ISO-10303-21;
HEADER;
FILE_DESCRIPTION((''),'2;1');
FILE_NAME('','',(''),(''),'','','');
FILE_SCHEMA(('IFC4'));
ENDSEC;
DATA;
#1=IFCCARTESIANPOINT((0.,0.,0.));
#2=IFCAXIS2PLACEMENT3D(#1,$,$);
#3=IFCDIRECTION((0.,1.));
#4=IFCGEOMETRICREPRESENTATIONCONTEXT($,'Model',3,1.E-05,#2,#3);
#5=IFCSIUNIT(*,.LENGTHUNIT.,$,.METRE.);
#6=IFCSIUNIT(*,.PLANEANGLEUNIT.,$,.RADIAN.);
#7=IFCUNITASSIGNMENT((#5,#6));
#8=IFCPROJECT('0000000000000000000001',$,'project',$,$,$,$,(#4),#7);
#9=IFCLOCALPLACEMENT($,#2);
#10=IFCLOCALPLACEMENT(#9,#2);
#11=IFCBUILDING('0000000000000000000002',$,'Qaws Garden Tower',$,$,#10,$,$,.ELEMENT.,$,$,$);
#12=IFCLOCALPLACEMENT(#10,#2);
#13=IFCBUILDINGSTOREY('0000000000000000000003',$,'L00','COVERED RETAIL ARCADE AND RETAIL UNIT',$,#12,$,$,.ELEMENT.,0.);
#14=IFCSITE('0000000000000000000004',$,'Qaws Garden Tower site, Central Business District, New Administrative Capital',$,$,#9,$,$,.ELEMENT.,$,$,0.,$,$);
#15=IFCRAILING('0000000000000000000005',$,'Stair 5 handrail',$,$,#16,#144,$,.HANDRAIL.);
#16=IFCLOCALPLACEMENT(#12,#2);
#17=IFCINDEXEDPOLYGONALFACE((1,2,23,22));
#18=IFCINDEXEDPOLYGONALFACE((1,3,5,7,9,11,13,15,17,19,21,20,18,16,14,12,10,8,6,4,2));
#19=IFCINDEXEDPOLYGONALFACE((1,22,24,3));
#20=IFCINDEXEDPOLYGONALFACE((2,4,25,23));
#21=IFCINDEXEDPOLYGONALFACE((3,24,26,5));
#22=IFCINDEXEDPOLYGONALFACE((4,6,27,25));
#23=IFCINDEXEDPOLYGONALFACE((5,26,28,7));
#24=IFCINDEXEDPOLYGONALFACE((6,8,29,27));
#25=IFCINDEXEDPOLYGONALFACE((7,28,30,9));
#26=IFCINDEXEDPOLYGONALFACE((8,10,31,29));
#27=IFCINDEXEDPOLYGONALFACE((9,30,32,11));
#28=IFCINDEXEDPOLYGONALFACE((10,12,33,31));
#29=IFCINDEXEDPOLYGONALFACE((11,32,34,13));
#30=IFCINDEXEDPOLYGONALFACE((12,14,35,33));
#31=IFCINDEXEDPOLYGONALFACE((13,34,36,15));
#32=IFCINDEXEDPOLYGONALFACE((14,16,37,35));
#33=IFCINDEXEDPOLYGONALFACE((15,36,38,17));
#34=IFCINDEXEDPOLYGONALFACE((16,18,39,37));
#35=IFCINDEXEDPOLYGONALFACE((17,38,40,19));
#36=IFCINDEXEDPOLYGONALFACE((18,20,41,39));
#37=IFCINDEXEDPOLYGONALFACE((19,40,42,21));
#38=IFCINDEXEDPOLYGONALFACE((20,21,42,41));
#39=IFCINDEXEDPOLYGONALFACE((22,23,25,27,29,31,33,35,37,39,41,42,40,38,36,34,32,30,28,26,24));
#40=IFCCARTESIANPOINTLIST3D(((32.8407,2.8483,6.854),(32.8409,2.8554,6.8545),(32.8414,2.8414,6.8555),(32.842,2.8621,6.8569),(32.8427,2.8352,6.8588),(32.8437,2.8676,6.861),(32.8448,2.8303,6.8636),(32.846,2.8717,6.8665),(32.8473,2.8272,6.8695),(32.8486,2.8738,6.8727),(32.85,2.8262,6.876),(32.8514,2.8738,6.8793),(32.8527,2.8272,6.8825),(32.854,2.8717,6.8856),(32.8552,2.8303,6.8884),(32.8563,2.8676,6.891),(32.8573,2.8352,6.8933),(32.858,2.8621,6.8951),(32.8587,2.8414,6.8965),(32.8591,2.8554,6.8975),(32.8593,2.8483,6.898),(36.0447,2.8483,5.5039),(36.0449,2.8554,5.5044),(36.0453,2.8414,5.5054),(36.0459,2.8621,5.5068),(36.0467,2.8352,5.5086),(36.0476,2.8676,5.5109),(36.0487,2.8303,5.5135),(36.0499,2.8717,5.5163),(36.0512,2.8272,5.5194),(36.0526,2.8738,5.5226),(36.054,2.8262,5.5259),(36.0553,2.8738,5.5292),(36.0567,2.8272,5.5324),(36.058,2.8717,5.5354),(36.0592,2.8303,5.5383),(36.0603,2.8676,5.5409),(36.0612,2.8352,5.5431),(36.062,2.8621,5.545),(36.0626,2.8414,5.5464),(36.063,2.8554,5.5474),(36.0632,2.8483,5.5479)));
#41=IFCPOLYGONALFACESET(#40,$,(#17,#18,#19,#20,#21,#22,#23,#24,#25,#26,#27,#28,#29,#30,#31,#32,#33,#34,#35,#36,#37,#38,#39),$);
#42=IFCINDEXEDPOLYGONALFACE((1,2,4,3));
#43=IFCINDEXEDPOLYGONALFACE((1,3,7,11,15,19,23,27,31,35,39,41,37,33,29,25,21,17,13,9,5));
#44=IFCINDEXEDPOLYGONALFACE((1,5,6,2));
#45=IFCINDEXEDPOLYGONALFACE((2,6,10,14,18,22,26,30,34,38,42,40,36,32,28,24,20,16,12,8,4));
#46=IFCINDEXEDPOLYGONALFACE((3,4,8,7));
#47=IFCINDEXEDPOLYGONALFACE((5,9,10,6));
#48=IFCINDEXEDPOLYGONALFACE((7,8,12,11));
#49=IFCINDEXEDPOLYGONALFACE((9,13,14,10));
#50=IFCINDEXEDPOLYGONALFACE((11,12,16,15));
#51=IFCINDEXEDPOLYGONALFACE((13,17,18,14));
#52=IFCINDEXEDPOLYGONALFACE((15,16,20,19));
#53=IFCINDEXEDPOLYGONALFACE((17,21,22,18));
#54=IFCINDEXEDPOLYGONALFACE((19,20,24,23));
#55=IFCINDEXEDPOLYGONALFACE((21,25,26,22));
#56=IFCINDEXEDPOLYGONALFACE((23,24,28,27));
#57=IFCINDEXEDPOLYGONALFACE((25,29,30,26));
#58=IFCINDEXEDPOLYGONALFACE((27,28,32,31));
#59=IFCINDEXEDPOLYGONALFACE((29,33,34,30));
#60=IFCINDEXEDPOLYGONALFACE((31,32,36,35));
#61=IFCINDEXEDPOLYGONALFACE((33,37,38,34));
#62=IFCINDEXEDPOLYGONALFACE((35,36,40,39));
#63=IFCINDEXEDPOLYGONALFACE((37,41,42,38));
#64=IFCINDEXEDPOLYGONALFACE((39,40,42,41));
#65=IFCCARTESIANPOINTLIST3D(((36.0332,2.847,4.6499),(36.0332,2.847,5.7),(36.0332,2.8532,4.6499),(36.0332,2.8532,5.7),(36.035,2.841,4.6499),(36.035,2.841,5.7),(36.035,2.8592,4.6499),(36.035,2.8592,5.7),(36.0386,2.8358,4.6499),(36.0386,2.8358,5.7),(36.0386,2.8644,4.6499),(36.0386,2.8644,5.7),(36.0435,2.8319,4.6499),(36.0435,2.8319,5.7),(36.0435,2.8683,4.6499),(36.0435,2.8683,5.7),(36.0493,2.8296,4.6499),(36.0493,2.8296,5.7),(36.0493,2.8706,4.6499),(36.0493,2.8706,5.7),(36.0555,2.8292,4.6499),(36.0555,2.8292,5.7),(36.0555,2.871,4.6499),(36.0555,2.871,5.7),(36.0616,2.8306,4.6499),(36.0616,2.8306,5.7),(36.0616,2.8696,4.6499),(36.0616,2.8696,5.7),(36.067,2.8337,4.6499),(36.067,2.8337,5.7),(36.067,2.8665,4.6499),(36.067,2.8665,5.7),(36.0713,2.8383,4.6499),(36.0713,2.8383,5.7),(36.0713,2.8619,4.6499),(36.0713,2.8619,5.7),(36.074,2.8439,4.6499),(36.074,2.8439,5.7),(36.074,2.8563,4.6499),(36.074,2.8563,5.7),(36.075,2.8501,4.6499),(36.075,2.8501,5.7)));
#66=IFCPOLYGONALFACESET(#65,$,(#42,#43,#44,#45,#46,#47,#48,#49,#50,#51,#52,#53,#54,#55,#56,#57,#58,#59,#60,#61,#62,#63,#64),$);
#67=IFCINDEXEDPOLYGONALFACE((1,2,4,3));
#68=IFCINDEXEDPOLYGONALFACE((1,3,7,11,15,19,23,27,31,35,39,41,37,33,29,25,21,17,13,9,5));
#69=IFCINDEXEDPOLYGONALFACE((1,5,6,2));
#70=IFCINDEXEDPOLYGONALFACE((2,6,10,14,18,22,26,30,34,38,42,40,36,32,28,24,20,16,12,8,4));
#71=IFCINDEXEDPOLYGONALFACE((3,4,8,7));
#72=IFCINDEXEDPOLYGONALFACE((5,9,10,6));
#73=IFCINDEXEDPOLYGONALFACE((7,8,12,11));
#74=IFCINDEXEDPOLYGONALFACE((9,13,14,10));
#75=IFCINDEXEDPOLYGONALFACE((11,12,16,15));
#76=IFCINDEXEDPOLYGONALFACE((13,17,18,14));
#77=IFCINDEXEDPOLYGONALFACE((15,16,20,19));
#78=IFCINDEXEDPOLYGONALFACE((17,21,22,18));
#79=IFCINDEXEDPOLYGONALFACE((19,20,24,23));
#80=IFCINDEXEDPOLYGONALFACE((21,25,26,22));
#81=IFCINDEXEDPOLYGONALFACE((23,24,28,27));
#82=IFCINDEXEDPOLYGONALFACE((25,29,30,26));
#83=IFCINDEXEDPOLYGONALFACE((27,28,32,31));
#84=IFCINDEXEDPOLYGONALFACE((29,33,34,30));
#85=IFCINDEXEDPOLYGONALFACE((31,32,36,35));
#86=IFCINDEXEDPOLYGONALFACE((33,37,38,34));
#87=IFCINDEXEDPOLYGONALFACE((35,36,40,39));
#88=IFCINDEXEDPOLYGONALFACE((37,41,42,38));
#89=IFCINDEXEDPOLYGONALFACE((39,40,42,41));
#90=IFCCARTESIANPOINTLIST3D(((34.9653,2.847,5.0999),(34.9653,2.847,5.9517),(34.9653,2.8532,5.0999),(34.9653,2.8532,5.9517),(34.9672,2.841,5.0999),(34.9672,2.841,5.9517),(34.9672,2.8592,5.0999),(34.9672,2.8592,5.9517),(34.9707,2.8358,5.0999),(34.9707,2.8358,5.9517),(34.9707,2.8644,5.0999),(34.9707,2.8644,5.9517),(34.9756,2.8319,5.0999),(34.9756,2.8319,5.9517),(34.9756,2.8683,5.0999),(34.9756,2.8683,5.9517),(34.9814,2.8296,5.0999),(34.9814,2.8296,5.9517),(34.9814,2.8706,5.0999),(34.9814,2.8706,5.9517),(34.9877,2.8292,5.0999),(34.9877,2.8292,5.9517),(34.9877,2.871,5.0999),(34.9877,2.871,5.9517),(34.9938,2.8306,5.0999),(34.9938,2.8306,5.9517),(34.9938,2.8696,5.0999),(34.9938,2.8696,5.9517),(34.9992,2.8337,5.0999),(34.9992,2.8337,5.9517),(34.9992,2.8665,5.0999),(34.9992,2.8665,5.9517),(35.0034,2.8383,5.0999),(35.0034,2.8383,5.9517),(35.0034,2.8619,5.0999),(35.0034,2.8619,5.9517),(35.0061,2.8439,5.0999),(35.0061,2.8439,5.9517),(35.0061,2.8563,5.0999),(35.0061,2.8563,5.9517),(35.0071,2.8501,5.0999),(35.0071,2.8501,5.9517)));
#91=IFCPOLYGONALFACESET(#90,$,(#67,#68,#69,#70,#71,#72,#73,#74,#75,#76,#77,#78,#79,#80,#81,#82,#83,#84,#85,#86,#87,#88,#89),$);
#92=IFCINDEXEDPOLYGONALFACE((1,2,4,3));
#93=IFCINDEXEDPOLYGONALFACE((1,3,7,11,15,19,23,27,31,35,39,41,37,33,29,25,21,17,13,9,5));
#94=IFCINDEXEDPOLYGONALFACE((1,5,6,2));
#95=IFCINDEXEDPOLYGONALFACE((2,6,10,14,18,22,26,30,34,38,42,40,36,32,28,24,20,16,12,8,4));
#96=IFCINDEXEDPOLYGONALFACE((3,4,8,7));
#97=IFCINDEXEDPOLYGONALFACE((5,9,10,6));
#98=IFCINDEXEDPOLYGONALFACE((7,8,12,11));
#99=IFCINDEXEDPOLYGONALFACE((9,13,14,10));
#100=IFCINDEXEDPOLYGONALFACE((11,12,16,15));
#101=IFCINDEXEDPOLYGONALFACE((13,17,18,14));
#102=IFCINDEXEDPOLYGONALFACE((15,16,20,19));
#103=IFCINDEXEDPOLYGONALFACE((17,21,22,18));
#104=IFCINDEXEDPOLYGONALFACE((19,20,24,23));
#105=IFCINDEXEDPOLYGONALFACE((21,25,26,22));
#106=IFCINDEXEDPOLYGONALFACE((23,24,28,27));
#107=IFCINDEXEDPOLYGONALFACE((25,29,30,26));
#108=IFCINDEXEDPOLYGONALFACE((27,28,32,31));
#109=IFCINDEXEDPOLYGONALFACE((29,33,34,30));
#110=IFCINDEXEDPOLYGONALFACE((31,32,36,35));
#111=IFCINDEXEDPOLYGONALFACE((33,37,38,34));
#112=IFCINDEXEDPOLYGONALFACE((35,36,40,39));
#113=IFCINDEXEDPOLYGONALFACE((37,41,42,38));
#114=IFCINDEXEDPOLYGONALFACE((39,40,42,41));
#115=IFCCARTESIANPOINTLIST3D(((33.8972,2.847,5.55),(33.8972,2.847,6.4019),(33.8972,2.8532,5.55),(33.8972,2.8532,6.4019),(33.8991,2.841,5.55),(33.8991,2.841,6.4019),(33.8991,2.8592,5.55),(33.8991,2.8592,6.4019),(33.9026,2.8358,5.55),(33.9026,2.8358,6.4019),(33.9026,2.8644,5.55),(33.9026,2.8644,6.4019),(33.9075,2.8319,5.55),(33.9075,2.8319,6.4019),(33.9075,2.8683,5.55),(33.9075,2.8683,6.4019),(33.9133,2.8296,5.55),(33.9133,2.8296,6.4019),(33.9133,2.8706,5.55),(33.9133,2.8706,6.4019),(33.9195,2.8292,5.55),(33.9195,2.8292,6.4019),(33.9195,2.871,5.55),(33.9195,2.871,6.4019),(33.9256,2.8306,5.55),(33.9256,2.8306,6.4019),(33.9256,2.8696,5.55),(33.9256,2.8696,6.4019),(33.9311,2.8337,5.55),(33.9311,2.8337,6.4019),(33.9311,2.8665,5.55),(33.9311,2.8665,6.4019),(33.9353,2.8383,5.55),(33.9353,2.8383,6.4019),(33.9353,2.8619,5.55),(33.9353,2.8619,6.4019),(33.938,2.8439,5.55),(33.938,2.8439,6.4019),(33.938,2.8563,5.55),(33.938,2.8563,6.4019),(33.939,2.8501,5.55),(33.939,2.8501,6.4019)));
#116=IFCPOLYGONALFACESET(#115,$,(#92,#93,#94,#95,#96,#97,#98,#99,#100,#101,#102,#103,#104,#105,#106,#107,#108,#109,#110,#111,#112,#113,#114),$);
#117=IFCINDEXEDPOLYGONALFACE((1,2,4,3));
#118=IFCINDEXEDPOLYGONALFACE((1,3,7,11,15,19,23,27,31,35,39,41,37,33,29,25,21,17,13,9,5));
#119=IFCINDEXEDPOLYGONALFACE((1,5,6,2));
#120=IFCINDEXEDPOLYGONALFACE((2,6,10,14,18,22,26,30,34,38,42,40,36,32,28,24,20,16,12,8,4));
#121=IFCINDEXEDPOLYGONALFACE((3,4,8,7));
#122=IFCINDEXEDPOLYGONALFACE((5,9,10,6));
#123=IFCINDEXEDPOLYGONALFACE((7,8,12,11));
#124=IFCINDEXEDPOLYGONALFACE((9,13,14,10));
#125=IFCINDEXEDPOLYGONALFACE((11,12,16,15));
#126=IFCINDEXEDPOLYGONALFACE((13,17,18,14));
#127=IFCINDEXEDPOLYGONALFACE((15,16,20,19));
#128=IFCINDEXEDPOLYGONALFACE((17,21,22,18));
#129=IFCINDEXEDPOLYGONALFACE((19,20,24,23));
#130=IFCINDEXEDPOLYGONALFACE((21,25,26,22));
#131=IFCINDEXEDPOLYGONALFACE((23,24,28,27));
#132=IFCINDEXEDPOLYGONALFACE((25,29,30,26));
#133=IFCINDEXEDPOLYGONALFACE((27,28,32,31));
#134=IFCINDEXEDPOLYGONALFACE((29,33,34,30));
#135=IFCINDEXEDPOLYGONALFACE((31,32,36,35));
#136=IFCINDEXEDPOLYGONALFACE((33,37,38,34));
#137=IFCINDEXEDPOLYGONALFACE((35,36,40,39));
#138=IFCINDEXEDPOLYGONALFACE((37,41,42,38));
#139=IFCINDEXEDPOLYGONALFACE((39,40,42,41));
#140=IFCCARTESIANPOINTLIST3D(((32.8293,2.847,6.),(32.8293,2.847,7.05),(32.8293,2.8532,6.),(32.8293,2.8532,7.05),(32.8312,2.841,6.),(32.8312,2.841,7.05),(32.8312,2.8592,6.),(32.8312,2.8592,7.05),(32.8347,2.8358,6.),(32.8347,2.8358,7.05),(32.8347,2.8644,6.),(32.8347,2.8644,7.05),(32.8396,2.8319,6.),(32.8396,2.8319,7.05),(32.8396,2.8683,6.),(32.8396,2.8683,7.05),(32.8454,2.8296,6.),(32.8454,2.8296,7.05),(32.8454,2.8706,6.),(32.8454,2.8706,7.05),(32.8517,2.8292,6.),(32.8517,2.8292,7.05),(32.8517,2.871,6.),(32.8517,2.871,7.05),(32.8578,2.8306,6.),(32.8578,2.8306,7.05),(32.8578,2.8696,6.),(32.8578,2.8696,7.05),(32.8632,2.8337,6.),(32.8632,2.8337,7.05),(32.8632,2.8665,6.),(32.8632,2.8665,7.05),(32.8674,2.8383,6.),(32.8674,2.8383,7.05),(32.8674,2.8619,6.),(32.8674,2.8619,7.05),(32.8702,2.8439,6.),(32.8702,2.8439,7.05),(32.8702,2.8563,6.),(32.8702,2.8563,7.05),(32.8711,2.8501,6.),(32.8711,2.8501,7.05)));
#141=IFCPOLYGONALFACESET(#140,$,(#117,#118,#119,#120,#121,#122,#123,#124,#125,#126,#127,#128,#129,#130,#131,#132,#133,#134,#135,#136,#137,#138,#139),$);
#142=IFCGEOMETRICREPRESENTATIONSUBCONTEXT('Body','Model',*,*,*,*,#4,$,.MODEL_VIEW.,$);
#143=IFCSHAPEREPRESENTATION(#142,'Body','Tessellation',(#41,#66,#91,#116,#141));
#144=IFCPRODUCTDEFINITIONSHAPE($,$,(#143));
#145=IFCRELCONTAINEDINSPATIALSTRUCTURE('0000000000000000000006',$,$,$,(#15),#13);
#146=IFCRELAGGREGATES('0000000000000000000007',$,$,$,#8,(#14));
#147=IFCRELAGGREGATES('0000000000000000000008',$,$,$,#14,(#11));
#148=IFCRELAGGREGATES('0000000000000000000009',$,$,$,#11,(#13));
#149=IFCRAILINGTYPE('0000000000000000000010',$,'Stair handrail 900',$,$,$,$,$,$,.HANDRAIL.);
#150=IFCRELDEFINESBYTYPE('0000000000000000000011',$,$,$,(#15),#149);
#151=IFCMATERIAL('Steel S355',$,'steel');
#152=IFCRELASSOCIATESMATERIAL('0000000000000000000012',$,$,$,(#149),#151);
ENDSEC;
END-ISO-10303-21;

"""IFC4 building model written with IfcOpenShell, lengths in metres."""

from ifc_helpers import new_model, si_unit, direction, frame, origin, origin_2d, place, context, subcontext, project, spatial, circle, extrude, material, type_object, element, save


model = new_model("IFC4")

# Units and contexts
model_context = context("Model", 3, precision=1e-05, world=origin(), true_north=direction((0.0, 1.0)))
body_context = subcontext(model_context, "Body", "Model", "MODEL_VIEW")
ifc_project = project(units=[si_unit("LENGTHUNIT", "METRE"), si_unit("PLANEANGLEUNIT", "RADIAN")], contexts=[model_context])

# Site, building, storey
site_placement = place(None, origin())
site = spatial("IfcSite", under=ifc_project, at=site_placement, Name="Qaws Garden Tower site, Central Business District, New Administrative Capital", CompositionType="ELEMENT", RefElevation=0.0)
building_placement = place(site_placement, origin())
building = spatial("IfcBuilding", under=site, at=building_placement, Name="Qaws Garden Tower", CompositionType="ELEMENT")
storey_placement = place(building_placement, origin())
storey = spatial("IfcBuildingStorey", under=building, at=storey_placement, Name="L00", Description="COVERED RETAIL ARCADE AND RETAIL UNIT", CompositionType="ELEMENT", Elevation=0.0)

# Railing
ifc_material_1 = material(Name="Steel S355", Category="steel")
railing_type = type_object("IfcRailingType", Name="Stair handrail 900", PredefinedType="HANDRAIL", material=ifc_material_1)
railing_1_placement = place(storey_placement, frame((36.054, 2.8501, 4.6499)))
element("IfcRailing", 1, at=railing_1_placement, inside=storey, type_object=railing_type, Name="Stair 5 handrail", PredefinedType="HANDRAIL", context=body_context, shape_type="SweptSolid", body=[
    extrude(circle(Radius=0.0239, at=origin_2d()), frame((0.0, 0.0, 0.876), z_axis=(-0.921522, 0.0, 0.388327), x_axis=(0.0, -1.0, 0.0)), (0.0, 0.0, 1.0), 3.4768),
    extrude(circle(Radius=0.021, at=origin_2d()), origin(), (0.0, 0.0, 1.0), 1.05),
    extrude(circle(Radius=0.021, at=origin_2d()), frame((-1.0679, 0.0, 0.45)), (0.0, 0.0, 1.0), 0.8518),
    extrude(circle(Radius=0.021, at=origin_2d()), frame((-2.136, 0.0, 0.9001)), (0.0, 0.0, 1.0), 0.8518),
    extrude(circle(Radius=0.021, at=origin_2d()), frame((-3.2039, 0.0, 1.3501)), (0.0, 0.0, 1.0), 1.05),
])

save(model, "model.ifc")
